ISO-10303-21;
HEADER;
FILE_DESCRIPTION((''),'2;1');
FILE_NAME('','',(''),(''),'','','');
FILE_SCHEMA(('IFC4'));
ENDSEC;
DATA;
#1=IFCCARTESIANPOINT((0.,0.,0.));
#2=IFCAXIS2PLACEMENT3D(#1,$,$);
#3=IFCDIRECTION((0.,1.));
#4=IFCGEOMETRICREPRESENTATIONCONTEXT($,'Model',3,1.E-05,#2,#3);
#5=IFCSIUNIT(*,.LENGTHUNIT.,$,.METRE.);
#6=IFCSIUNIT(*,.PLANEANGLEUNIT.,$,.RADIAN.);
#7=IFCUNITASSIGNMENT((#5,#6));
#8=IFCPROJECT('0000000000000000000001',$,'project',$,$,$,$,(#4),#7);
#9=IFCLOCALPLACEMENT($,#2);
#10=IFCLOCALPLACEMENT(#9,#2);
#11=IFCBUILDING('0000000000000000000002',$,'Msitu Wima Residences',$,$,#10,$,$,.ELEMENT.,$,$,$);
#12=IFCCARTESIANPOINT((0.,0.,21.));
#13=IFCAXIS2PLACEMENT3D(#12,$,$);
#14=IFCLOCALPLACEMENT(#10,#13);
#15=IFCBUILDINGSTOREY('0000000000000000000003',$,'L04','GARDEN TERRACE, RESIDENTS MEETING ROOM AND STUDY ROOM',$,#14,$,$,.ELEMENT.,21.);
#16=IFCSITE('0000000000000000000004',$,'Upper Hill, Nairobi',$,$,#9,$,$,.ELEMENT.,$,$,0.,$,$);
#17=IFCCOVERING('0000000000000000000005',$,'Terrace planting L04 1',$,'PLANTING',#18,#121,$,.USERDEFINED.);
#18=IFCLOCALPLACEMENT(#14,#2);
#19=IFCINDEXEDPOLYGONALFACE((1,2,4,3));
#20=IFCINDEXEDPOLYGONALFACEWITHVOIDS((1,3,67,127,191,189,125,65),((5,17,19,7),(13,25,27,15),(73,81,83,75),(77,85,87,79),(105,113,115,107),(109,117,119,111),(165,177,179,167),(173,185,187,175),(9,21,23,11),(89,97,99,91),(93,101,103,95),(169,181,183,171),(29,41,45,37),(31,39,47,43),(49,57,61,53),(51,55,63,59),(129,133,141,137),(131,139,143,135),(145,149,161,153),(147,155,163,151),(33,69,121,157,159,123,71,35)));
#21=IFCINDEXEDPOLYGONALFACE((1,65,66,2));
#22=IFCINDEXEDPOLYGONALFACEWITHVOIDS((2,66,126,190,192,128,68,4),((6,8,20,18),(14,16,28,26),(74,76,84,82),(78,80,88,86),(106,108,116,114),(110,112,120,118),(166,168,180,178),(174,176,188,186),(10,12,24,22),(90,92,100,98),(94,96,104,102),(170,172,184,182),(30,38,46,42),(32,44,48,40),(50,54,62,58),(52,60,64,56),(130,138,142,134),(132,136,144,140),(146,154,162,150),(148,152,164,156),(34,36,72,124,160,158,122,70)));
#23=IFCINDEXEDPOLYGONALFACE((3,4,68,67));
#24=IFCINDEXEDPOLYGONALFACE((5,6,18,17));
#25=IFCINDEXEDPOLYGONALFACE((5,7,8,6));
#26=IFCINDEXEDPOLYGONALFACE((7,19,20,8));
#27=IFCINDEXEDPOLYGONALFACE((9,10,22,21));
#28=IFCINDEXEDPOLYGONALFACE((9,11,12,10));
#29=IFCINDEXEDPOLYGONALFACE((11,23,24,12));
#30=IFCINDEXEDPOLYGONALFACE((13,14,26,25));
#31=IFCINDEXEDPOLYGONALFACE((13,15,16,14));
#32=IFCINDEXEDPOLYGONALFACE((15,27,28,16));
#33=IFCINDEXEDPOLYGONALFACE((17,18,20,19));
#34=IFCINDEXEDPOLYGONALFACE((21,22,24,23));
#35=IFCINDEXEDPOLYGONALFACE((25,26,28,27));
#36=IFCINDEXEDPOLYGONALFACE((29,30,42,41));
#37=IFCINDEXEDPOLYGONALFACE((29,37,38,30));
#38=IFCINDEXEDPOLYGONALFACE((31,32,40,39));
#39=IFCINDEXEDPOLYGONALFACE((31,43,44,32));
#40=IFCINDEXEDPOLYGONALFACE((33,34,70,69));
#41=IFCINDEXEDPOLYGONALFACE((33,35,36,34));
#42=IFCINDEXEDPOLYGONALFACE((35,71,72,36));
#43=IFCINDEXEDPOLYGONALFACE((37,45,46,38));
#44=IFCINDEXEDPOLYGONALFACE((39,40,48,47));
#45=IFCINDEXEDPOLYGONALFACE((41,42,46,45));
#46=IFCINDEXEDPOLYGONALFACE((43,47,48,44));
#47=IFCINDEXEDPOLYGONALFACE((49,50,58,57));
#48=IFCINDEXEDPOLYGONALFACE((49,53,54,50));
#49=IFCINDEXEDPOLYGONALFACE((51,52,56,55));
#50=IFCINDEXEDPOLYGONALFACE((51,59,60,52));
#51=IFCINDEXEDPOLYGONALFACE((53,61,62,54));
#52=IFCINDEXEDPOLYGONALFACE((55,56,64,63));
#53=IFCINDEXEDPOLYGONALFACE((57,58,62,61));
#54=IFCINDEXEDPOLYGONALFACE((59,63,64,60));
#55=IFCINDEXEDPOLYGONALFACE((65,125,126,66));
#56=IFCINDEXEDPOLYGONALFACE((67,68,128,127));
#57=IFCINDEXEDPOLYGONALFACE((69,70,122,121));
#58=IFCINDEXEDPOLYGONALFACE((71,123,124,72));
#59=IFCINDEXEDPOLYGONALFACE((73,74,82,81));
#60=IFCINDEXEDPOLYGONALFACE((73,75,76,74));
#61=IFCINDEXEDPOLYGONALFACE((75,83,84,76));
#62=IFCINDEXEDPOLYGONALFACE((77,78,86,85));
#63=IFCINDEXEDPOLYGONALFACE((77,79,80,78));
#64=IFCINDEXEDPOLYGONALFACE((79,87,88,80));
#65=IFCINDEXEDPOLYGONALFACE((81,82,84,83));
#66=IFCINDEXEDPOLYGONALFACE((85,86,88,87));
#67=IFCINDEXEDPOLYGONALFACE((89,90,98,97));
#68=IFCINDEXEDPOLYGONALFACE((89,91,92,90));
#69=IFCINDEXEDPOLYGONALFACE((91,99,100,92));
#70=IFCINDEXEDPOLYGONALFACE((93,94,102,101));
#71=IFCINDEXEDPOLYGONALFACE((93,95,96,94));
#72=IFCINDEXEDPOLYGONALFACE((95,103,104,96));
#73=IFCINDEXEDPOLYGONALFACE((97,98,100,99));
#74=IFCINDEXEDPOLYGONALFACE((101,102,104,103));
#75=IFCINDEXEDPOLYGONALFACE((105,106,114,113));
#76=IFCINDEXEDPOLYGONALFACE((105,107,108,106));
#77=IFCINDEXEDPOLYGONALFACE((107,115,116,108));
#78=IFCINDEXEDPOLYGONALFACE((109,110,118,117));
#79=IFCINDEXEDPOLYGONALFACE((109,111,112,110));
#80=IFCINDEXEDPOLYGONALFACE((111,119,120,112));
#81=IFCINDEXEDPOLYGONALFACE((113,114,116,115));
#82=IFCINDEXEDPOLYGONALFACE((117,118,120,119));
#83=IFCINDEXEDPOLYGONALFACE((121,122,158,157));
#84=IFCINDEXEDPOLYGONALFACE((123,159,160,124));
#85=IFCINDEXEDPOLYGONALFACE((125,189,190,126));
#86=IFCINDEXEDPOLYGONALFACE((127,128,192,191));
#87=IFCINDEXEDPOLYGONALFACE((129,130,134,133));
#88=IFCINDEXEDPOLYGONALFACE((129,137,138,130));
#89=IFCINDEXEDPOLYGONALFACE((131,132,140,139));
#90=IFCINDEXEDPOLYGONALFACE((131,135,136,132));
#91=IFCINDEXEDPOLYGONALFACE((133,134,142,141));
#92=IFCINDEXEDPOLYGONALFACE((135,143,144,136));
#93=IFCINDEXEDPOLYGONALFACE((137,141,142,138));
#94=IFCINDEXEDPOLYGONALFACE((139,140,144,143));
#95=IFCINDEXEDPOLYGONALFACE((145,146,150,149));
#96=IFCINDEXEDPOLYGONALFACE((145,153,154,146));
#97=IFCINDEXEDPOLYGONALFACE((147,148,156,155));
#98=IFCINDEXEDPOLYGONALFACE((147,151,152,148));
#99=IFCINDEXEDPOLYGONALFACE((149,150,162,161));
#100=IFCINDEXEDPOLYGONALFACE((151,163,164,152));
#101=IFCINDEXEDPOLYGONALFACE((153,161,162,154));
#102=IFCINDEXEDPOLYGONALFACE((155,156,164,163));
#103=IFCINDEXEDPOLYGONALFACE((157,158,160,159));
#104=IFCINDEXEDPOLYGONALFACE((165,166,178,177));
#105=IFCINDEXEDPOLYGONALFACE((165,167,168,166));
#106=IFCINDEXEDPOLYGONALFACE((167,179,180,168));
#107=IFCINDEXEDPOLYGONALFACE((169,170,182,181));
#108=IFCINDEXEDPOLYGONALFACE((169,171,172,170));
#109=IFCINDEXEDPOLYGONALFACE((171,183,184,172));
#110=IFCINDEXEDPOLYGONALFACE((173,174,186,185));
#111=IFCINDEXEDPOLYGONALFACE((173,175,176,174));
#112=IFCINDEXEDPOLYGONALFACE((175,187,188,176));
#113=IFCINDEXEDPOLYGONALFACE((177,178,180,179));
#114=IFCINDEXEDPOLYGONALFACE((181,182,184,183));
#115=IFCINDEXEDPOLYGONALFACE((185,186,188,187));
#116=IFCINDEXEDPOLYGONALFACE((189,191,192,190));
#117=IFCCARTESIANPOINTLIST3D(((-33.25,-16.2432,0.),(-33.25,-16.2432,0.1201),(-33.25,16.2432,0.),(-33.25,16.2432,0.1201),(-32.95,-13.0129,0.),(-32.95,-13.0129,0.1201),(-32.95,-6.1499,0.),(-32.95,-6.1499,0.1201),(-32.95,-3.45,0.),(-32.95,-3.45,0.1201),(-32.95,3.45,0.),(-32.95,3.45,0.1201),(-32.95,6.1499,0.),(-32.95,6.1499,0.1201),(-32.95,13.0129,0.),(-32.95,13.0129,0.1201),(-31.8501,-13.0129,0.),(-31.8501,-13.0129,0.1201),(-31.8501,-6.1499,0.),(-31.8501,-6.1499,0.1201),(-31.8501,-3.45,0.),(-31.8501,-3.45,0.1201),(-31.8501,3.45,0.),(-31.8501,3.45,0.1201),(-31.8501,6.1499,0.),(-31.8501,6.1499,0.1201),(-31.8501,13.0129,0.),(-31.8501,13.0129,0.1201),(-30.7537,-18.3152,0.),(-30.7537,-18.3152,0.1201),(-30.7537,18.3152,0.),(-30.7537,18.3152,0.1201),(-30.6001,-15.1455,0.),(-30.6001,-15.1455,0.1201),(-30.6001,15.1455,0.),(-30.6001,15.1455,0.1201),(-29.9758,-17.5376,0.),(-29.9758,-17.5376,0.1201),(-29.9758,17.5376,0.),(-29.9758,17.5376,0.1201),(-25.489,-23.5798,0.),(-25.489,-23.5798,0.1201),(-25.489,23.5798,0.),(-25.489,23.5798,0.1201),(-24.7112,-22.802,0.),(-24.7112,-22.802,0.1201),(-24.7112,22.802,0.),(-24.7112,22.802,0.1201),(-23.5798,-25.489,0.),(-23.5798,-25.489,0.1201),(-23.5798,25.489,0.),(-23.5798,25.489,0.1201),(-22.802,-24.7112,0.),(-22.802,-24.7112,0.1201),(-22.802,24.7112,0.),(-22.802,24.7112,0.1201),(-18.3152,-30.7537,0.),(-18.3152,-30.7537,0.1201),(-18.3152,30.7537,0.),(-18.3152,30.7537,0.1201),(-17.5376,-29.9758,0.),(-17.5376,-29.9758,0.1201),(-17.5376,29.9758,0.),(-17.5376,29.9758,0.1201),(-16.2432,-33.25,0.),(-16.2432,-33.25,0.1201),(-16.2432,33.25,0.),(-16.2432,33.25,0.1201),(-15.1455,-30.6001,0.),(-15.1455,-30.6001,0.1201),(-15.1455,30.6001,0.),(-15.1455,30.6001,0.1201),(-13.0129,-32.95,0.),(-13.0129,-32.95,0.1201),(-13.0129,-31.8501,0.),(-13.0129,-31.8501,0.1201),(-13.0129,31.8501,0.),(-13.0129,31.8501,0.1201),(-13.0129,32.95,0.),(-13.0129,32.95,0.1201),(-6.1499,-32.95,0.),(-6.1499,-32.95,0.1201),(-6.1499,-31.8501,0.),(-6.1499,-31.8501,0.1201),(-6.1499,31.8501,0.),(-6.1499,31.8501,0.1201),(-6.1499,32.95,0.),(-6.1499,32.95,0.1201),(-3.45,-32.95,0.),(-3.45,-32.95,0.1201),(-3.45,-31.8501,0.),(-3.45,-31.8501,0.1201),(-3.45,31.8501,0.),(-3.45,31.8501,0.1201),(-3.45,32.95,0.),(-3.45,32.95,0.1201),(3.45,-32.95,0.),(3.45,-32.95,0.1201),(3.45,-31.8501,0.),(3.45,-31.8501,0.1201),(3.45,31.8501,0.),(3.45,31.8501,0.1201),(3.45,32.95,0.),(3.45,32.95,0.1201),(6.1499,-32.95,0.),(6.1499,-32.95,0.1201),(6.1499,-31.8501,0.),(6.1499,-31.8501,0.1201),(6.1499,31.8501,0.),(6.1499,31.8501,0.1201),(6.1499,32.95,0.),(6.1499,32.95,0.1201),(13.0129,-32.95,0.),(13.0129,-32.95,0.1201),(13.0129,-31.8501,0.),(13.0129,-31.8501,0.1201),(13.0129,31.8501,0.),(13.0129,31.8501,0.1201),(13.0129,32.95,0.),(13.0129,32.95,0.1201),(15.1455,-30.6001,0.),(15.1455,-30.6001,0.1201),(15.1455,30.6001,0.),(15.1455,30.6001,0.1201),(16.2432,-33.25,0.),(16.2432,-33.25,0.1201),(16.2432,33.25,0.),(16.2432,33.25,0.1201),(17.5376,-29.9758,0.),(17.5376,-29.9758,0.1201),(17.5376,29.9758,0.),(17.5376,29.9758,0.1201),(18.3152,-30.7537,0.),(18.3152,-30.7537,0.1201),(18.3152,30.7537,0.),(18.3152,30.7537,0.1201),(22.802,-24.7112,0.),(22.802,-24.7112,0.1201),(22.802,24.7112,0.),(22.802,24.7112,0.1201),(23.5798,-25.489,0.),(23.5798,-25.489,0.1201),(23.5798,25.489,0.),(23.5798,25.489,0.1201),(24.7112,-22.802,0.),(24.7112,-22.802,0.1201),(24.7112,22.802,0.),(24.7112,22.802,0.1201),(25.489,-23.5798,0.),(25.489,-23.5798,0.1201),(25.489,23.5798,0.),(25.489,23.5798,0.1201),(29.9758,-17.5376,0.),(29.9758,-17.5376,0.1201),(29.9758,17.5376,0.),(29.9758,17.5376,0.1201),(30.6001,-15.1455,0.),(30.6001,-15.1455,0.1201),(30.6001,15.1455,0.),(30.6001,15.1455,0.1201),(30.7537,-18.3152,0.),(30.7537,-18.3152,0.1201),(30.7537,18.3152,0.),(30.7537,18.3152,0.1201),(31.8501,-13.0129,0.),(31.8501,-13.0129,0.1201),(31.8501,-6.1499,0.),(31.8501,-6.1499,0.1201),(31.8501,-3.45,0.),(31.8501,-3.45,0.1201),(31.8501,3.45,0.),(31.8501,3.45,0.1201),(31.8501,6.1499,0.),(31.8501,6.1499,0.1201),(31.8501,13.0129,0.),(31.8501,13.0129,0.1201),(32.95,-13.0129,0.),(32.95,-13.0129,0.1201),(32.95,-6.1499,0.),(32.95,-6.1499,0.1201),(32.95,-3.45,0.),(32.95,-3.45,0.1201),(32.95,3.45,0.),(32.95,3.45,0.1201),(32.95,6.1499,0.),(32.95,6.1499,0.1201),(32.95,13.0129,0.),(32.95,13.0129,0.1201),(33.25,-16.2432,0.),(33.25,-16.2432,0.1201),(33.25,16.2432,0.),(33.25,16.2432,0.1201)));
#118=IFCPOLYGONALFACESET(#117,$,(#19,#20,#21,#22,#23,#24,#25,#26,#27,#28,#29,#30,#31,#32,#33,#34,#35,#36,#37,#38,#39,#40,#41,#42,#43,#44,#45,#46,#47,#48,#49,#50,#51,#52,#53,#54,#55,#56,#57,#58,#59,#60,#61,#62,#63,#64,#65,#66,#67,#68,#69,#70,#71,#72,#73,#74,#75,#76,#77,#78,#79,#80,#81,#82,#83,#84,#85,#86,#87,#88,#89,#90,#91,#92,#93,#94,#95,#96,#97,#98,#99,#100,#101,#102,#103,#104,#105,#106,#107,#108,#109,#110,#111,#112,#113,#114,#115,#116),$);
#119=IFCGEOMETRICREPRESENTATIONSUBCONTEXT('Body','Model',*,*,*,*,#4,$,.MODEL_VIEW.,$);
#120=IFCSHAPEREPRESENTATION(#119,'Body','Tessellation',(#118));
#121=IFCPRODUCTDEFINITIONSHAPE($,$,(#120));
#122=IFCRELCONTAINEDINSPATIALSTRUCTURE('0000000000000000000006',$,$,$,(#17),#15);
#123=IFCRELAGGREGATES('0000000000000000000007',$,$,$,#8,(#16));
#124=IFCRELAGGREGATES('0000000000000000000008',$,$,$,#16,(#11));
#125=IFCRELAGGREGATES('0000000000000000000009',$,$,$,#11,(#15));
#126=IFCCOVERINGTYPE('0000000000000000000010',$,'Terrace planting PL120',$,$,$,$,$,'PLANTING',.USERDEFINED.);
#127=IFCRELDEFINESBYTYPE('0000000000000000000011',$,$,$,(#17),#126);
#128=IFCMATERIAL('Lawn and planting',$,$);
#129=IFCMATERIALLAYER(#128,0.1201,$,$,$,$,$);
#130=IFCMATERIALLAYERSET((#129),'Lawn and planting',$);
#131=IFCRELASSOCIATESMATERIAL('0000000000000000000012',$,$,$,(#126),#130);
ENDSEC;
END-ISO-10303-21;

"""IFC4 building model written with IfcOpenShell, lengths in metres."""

from ifc_helpers import new_model, si_unit, direction, frame, origin, place, context, subcontext, project, spatial, polyline, outline, extrude, material, layer, layer_set, type_object, element, save


model = new_model("IFC4")

# Units and contexts
model_context = context("Model", 3, precision=1e-05, world=origin(), true_north=direction((0.0, 1.0)))
body_context = subcontext(model_context, "Body", "Model", "MODEL_VIEW")
ifc_project = project(units=[si_unit("LENGTHUNIT", "METRE"), si_unit("PLANEANGLEUNIT", "RADIAN")], contexts=[model_context])

# Site, building, storey
site_placement = place(None, origin())
site = spatial("IfcSite", under=ifc_project, at=site_placement, Name="Upper Hill, Nairobi", CompositionType="ELEMENT", RefElevation=0.0)
building_placement = place(site_placement, origin())
building = spatial("IfcBuilding", under=site, at=building_placement, Name="Msitu Wima Residences", CompositionType="ELEMENT")
storey_placement = place(building_placement, frame((0.0, 0.0, 21.0)))
storey = spatial("IfcBuildingStorey", under=building, at=storey_placement, Name="L04", Description="GARDEN TERRACE, RESIDENTS MEETING ROOM AND STUDY ROOM", CompositionType="ELEMENT", Elevation=21.0)

# Covering
ifc_material_1 = material(Name="Lawn and planting")
ifc_layer_1 = layer(ifc_material_1, 0.1201)
ifc_layer_set_1 = layer_set([ifc_layer_1], Name="Lawn and planting")
covering_type = type_object("IfcCoveringType", Name="Terrace planting PL120", ElementType="PLANTING", PredefinedType="USERDEFINED", material=ifc_layer_set_1)
covering_placement = place(storey_placement, origin())
element("IfcCovering", 1, at=covering_placement, inside=storey, type_object=covering_type, Name="Terrace planting L04 1", ObjectType="PLANTING", PredefinedType="USERDEFINED", context=body_context, shape_type="SweptSolid", body=[
    extrude(outline(polyline([(-16.2432, -33.25), (-33.25, -16.2432), (-33.25, 16.2432), (-16.2432, 33.25), (16.2432, 33.25), (33.25, 16.2432), (33.25, -16.2432), (16.2432, -33.25), (-16.2432, -33.25)]), holes=[polyline([(-13.0129, -31.8501), (-13.0129, -32.95), (-6.1499, -32.95), (-6.1499, -31.8501), (-13.0129, -31.8501)]), polyline([(-3.45, -31.8501), (-3.45, -32.95), (3.45, -32.95), (3.45, -31.8501), (-3.45, -31.8501)]), polyline([(-22.802, -24.7112), (-23.5798, -25.489), (-18.3152, -30.7537), (-17.5376, -29.9758), (-22.802, -24.7112)]), polyline([(-24.7112, -22.802), (-29.9758, -17.5376), (-30.7537, -18.3152), (-25.489, -23.5798), (-24.7112, -22.802)]), polyline([(-31.8501, -13.0129), (-31.8501, -6.1499), (-32.95, -6.1499), (-32.95, -13.0129), (-31.8501, -13.0129)]), polyline([(-31.8501, 3.45), (-32.95, 3.45), (-32.95, -3.45), (-31.8501, -3.45), (-31.8501, 3.45)]), polyline([(-31.8501, 13.0129), (-32.95, 13.0129), (-32.95, 6.1499), (-31.8501, 6.1499), (-31.8501, 13.0129)]), polyline([(-24.7112, 22.802), (-25.489, 23.5798), (-30.7537, 18.3152), (-29.9758, 17.5376), (-24.7112, 22.802)]), polyline([(-22.802, 24.7112), (-17.5376, 29.9758), (-18.3152, 30.7537), (-23.5798, 25.489), (-22.802, 24.7112)]), polyline([(-13.0129, 31.8501), (-6.1499, 31.8501), (-6.1499, 32.95), (-13.0129, 32.95), (-13.0129, 31.8501)]), polyline([(3.45, 31.8501), (3.45, 32.95), (-3.45, 32.95), (-3.45, 31.8501), (3.45, 31.8501)]), polyline([(6.1499, -31.8501), (6.1499, -32.95), (13.0129, -32.95), (13.0129, -31.8501), (6.1499, -31.8501)]), polyline([(17.5376, -29.9758), (18.3152, -30.7537), (23.5798, -25.489), (22.802, -24.7112), (17.5376, -29.9758)]), polyline([(29.9758, -17.5376), (24.7112, -22.802), (25.489, -23.5798), (30.7537, -18.3152), (29.9758, -17.5376)]), polyline([(31.8501, -6.1499), (31.8501, -13.0129), (32.95, -13.0129), (32.95, -6.1499), (31.8501, -6.1499)]), polyline([(-15.1455, -30.6001), (15.1455, -30.6001), (30.6001, -15.1455), (30.6001, 15.1455), (15.1455, 30.6001), (-15.1455, 30.6001), (-30.6001, 15.1455), (-30.6001, -15.1455), (-15.1455, -30.6001)]), polyline([(31.8501, 3.45), (31.8501, -3.45), (32.95, -3.45), (32.95, 3.45), (31.8501, 3.45)]), polyline([(31.8501, 13.0129), (31.8501, 6.1499), (32.95, 6.1499), (32.95, 13.0129), (31.8501, 13.0129)]), polyline([(29.9758, 17.5376), (30.7537, 18.3152), (25.489, 23.5798), (24.7112, 22.802), (29.9758, 17.5376)]), polyline([(17.5376, 29.9758), (22.802, 24.7112), (23.5798, 25.489), (18.3152, 30.7537), (17.5376, 29.9758)]), polyline([(6.1499, 31.8501), (13.0129, 31.8501), (13.0129, 32.95), (6.1499, 32.95), (6.1499, 31.8501)])]), origin(), (0.0, 0.0, 1.0), 0.1201),
])

save(model, "model.ifc")
